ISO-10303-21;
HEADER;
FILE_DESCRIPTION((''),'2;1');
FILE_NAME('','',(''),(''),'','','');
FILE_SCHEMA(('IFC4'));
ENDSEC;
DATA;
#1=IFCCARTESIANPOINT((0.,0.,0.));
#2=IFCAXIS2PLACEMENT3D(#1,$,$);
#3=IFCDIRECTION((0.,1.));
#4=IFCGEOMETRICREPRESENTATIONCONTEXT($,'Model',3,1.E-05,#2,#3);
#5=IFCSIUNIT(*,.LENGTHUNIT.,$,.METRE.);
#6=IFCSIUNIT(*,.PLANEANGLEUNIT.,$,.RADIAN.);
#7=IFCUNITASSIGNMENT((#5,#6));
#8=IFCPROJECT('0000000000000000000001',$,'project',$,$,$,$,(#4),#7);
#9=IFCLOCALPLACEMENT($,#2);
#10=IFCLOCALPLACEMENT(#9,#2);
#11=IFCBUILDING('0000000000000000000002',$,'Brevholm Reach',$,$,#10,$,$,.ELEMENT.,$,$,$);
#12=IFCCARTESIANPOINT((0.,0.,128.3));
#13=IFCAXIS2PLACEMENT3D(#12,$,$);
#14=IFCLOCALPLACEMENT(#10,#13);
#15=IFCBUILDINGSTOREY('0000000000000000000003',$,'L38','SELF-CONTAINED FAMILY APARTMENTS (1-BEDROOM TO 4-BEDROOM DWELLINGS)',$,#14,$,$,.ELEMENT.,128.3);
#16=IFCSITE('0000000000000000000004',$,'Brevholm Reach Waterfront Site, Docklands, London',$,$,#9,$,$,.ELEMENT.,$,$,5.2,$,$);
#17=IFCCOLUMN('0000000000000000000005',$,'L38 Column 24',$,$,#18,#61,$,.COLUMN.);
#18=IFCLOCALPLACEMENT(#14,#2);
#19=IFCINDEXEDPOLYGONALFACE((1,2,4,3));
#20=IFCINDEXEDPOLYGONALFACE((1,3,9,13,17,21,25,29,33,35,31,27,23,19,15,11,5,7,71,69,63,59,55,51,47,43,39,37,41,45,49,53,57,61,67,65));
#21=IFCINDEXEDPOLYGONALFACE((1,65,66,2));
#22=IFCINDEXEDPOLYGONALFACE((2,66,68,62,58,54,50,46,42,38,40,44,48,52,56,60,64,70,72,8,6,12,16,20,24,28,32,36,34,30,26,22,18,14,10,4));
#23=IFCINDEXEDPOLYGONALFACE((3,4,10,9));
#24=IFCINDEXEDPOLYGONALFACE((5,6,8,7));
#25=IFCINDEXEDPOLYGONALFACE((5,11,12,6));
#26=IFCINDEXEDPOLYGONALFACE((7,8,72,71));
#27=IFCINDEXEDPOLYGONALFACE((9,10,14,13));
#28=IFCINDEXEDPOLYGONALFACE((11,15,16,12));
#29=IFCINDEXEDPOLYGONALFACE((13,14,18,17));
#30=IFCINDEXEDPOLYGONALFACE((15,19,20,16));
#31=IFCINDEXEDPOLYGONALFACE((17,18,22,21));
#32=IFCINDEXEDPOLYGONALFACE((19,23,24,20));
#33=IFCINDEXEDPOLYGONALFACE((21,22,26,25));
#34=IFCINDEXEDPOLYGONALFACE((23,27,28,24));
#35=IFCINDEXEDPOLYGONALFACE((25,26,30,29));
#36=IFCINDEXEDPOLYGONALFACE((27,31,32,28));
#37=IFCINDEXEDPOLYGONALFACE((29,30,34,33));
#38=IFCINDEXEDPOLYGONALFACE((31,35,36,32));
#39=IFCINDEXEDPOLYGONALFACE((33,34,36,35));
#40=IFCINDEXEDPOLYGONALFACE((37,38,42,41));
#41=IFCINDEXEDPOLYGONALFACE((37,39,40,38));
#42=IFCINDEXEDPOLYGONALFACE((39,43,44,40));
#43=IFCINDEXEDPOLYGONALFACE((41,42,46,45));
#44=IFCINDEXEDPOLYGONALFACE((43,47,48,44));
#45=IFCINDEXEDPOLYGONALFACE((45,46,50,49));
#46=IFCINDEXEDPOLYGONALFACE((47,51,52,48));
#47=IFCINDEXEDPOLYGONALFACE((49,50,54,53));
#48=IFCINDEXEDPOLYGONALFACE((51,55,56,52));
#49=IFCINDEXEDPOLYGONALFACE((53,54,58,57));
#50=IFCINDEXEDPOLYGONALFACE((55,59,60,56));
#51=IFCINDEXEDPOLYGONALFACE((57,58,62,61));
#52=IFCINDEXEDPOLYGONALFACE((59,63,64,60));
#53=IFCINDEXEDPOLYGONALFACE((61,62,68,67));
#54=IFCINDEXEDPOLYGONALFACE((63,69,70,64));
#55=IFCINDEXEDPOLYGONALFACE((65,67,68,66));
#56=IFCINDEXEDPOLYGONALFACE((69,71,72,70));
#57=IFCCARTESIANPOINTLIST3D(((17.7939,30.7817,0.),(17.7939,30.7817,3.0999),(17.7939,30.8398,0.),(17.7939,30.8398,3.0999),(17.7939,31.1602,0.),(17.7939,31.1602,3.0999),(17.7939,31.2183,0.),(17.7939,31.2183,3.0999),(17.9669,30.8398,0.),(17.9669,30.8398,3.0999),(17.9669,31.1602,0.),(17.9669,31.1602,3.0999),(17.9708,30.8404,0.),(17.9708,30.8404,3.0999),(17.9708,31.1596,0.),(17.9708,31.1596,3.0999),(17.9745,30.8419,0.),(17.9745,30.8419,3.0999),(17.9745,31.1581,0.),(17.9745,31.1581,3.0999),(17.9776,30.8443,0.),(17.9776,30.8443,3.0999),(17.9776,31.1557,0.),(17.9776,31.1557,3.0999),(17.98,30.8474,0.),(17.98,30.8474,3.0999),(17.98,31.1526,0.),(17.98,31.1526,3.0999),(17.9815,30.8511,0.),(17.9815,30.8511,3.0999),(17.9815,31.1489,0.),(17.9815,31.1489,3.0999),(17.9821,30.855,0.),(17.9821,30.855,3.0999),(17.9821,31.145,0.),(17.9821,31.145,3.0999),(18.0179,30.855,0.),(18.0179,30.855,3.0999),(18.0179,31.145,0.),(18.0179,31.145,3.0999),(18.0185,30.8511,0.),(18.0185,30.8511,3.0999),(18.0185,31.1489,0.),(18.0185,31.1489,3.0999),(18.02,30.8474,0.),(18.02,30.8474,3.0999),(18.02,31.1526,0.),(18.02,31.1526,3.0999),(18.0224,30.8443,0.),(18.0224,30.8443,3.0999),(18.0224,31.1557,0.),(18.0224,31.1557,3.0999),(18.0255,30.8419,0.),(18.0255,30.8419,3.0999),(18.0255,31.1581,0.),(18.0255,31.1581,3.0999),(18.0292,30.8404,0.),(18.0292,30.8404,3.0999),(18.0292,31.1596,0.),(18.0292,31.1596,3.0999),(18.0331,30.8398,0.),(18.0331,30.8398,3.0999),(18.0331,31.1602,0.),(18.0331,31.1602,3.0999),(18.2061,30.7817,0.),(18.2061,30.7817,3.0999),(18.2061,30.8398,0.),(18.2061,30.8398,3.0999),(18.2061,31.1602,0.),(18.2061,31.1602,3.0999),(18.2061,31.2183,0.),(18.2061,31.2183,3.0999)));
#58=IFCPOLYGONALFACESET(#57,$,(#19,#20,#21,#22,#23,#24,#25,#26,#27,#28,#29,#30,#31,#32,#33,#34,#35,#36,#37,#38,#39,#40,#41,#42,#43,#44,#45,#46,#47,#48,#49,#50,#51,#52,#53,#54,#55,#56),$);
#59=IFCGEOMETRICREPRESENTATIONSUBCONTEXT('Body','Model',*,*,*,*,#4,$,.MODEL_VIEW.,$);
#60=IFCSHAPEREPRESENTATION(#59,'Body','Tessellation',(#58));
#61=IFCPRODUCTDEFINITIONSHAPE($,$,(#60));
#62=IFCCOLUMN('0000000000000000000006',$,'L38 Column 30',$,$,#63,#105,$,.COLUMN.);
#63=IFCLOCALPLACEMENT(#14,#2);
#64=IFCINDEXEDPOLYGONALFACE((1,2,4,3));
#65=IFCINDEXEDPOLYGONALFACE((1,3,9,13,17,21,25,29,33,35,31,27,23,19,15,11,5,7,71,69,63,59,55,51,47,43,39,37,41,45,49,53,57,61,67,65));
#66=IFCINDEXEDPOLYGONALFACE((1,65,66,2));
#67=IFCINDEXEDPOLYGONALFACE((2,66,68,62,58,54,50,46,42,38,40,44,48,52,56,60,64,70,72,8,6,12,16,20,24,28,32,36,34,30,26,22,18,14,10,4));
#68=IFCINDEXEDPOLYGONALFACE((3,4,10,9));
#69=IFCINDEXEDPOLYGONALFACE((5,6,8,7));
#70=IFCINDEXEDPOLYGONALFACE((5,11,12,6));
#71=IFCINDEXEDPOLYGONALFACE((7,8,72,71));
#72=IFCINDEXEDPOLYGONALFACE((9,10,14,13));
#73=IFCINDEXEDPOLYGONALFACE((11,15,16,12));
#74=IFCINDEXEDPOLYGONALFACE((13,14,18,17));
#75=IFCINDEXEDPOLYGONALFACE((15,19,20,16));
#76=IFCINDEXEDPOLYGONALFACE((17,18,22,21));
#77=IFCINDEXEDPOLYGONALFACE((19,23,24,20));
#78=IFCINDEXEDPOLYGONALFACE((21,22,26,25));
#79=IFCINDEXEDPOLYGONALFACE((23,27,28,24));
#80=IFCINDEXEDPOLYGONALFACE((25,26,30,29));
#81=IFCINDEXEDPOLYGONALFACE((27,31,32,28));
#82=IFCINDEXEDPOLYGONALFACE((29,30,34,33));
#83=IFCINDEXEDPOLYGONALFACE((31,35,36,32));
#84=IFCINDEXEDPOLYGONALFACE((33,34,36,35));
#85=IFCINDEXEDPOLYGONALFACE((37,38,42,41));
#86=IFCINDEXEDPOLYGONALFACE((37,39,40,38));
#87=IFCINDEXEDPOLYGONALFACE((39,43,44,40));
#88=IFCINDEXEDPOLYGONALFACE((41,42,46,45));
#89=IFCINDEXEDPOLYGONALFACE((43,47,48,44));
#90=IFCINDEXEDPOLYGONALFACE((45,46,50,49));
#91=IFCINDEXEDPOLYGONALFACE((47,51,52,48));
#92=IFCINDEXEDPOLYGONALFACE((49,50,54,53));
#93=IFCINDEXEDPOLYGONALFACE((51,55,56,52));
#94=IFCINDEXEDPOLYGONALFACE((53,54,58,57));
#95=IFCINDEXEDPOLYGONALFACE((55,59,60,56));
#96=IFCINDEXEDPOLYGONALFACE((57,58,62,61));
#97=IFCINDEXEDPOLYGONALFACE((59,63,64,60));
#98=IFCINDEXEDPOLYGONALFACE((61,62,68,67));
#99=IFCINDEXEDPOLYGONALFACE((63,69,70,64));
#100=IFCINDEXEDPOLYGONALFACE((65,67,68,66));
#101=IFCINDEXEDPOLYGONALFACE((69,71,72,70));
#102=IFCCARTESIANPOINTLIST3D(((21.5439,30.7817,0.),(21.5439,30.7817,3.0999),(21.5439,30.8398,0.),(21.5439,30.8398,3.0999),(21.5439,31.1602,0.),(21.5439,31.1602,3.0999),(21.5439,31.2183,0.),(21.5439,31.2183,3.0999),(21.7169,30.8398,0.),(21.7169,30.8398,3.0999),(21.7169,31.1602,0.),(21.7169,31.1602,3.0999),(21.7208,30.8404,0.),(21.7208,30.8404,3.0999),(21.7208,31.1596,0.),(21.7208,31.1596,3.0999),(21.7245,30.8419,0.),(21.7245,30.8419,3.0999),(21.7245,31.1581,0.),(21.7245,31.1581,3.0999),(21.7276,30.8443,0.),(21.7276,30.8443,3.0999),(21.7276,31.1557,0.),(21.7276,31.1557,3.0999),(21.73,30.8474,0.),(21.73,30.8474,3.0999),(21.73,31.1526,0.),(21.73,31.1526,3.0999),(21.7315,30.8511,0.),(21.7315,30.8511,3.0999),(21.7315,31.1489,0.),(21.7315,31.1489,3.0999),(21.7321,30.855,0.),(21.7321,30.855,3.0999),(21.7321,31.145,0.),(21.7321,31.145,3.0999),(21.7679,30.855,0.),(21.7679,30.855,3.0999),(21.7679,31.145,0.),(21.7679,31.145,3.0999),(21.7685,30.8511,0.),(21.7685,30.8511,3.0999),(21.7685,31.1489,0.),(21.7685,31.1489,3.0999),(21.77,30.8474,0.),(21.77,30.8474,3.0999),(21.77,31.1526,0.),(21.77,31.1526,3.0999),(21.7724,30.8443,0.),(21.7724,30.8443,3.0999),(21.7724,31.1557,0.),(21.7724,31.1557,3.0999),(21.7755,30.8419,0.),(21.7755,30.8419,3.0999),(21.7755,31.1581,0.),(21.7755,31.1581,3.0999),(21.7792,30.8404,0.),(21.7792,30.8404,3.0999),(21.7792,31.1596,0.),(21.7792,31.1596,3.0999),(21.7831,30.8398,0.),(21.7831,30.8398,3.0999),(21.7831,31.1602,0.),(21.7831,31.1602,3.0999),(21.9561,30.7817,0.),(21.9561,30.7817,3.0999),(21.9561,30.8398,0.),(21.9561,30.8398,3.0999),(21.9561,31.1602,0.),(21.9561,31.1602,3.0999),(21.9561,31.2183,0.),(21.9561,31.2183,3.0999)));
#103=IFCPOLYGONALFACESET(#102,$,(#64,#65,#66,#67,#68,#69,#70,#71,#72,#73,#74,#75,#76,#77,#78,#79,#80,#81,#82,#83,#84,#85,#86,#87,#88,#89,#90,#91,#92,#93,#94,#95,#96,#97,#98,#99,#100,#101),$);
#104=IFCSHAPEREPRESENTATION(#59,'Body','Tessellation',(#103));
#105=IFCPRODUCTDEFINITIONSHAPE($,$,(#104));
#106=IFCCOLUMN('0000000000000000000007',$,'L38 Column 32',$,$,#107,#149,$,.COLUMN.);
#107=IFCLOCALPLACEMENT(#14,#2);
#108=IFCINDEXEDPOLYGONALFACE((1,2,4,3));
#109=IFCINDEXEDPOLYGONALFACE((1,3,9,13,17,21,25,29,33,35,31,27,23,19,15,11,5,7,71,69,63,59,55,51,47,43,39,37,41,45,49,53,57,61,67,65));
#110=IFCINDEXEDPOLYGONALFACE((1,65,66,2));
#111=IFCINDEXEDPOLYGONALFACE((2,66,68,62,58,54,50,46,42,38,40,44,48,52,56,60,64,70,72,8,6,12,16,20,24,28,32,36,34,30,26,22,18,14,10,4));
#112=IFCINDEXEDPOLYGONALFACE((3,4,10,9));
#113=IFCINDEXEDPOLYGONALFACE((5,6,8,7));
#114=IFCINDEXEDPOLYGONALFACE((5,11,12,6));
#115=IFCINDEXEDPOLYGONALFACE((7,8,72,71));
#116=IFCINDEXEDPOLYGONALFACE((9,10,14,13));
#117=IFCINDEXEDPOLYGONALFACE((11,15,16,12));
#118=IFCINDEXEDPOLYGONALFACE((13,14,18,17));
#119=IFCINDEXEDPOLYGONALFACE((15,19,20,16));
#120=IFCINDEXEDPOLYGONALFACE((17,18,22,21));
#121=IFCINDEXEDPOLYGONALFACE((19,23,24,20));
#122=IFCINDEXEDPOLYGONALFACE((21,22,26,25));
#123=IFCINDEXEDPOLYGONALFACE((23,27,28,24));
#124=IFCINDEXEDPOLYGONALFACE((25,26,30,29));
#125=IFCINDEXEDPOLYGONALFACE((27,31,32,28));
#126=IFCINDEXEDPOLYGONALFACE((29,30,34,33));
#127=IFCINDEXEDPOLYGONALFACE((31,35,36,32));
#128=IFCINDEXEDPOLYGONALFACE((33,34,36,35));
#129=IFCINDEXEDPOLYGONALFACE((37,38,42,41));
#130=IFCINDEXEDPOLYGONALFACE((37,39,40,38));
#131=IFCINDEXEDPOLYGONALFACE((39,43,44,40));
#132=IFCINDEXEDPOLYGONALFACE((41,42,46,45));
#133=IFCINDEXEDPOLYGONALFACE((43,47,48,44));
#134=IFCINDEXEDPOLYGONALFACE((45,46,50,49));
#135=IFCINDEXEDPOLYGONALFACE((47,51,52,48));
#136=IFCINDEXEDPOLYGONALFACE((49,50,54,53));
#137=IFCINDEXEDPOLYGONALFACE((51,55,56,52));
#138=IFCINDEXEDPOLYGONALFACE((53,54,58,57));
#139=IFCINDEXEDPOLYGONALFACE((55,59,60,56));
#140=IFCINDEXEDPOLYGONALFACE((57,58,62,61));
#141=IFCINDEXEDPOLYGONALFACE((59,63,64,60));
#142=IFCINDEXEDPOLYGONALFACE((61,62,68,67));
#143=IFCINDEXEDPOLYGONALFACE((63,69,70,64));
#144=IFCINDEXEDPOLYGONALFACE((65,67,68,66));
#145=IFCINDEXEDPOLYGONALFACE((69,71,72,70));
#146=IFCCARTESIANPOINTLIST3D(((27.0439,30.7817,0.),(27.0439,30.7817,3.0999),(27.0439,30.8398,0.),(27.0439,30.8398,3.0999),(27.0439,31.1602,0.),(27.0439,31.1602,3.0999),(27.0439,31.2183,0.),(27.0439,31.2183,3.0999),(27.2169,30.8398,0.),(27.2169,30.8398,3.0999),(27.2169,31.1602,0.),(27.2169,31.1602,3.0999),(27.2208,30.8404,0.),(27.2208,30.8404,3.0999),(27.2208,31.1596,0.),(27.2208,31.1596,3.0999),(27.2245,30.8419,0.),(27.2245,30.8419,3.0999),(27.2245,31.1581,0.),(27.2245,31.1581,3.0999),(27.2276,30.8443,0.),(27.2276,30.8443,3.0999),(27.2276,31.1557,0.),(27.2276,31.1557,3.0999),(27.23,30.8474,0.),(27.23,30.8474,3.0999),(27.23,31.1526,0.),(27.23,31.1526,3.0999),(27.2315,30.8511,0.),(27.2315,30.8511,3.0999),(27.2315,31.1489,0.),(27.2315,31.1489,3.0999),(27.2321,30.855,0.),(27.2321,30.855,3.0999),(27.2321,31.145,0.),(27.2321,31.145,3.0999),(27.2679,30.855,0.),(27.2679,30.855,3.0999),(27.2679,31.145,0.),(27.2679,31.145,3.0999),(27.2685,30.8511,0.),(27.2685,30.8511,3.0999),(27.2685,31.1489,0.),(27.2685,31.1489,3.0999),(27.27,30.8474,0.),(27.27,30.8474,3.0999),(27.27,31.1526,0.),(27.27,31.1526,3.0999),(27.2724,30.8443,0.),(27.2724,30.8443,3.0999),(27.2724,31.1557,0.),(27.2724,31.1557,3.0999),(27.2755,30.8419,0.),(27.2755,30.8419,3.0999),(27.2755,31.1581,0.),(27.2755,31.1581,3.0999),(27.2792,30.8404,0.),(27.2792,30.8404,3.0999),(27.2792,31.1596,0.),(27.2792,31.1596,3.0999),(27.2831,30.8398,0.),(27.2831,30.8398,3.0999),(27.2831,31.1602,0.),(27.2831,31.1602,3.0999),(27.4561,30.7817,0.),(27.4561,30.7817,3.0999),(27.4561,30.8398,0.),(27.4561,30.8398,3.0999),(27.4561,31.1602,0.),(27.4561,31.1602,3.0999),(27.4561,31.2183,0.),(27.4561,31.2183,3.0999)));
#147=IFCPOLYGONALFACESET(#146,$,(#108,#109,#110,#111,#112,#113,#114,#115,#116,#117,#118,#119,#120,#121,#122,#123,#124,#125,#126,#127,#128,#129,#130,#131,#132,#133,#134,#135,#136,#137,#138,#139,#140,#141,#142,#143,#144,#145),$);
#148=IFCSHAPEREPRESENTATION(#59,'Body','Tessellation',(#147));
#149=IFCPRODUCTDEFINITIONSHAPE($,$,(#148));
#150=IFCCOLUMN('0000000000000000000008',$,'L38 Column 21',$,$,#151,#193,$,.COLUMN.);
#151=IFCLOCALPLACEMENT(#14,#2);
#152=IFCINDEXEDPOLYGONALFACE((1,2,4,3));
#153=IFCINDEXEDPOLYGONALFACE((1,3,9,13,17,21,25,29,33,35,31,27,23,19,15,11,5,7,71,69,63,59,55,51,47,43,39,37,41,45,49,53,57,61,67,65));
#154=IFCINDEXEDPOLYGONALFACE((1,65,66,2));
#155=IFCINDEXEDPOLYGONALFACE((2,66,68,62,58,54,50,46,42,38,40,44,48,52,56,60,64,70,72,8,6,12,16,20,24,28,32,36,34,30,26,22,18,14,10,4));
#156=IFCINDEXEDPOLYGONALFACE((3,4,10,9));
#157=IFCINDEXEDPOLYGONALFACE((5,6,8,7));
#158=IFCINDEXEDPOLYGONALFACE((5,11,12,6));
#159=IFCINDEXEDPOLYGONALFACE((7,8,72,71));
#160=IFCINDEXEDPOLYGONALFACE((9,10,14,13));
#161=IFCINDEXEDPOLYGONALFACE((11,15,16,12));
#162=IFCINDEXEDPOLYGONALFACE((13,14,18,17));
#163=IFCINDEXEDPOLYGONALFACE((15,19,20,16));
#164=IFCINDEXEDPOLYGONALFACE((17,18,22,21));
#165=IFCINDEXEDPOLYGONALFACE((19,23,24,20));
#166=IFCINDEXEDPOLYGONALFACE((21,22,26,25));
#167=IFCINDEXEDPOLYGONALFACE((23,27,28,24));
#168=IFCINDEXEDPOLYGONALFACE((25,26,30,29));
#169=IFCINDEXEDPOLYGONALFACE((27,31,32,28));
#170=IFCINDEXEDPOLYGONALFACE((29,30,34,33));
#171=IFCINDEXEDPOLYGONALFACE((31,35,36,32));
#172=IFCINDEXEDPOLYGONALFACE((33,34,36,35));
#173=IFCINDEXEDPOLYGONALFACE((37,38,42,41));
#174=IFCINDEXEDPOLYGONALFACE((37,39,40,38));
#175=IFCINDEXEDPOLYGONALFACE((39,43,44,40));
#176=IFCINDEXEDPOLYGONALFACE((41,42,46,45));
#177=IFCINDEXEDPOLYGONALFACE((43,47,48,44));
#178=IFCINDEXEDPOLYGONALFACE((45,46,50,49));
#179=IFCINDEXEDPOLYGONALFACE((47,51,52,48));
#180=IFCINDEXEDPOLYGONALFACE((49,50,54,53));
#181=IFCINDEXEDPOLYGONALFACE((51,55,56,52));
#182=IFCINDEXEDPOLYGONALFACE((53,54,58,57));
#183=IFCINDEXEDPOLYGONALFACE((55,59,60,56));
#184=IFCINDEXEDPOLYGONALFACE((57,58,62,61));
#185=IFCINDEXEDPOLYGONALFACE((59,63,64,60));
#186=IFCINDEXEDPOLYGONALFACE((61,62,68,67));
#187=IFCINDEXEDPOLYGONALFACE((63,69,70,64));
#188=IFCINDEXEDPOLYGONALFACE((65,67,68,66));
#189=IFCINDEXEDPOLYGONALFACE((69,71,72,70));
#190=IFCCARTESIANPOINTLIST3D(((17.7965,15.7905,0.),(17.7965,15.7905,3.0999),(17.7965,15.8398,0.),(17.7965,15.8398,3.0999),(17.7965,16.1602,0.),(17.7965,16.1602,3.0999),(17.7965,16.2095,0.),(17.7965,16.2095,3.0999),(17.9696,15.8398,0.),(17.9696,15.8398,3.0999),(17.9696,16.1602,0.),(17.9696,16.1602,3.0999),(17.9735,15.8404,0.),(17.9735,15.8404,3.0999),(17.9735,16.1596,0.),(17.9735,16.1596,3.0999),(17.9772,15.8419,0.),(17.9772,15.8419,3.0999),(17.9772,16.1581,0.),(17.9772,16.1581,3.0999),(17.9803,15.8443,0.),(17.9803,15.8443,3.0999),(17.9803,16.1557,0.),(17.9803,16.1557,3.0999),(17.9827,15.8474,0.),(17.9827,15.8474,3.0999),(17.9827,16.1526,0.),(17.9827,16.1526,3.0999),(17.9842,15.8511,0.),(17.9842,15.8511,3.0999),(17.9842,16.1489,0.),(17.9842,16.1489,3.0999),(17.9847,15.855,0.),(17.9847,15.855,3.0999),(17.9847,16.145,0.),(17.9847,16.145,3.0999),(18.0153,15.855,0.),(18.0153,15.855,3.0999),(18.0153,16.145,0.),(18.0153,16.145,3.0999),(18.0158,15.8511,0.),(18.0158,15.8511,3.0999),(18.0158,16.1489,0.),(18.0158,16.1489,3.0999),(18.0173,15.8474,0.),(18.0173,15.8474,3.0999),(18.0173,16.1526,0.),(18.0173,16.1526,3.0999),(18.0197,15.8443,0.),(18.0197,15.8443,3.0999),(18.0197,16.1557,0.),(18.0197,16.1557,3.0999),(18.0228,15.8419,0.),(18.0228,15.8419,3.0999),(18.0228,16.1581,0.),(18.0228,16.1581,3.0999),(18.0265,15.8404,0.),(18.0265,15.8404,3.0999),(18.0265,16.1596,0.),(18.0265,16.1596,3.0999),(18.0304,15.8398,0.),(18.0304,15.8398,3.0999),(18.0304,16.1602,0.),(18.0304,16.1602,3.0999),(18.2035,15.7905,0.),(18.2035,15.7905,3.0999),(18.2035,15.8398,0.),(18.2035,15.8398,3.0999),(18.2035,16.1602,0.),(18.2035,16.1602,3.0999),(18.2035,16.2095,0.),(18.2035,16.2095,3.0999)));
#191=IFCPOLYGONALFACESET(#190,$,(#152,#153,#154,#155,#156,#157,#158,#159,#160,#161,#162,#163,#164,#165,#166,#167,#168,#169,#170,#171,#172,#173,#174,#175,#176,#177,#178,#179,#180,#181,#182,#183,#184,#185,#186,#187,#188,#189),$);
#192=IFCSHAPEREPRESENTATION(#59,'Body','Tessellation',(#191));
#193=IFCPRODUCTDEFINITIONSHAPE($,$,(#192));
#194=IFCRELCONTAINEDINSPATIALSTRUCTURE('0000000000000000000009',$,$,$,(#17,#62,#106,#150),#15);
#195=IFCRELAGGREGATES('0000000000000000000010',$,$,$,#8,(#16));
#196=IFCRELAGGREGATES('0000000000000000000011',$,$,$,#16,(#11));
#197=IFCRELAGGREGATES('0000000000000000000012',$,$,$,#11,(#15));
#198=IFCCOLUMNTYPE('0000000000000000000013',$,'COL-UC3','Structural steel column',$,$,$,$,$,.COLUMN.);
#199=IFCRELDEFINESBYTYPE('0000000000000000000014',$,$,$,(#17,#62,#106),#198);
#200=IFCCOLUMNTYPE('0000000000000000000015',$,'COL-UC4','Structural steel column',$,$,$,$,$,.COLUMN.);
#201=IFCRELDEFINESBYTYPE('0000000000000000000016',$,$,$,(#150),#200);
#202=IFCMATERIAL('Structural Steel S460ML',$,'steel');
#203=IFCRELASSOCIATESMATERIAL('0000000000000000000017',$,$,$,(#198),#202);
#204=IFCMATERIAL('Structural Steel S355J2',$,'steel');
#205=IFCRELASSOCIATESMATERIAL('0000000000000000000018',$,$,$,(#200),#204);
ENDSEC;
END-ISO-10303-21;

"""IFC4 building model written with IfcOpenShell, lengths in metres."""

from ifc_helpers import new_model, si_unit, direction, frame, origin, origin_2d, place, context, subcontext, project, spatial, i_section, extrude, material, material_profile, profile_set, type_object, element, save


model = new_model("IFC4")

# Units and contexts
model_context = context("Model", 3, precision=1e-05, world=origin(), true_north=direction((0.0, 1.0)))
body_context = subcontext(model_context, "Body", "Model", "MODEL_VIEW")
ifc_project = project(units=[si_unit("LENGTHUNIT", "METRE"), si_unit("PLANEANGLEUNIT", "RADIAN")], contexts=[model_context])

# Site, building, storey
site_placement = place(None, origin())
site = spatial("IfcSite", under=ifc_project, at=site_placement, Name="Brevholm Reach Waterfront Site, Docklands, London", CompositionType="ELEMENT", RefElevation=5.2)
building_placement = place(site_placement, origin())
building = spatial("IfcBuilding", under=site, at=building_placement, Name="Brevholm Reach", CompositionType="ELEMENT")
storey_placement = place(building_placement, frame((0.0, 0.0, 128.3)))
storey = spatial("IfcBuildingStorey", under=building, at=storey_placement, Name="L38", Description="SELF-CONTAINED FAMILY APARTMENTS (1-BEDROOM TO 4-BEDROOM DWELLINGS)", CompositionType="ELEMENT", Elevation=128.3)

# Columns
ifc_material_1 = material(Name="Structural Steel S460ML", Category="steel")
ifc_material_profile_1 = material_profile(ifc_material_1, i_section(OverallWidth=0.4121, OverallDepth=0.4365, WebThickness=0.0359, FlangeThickness=0.0581, FilletRadius=0.0151, at=origin_2d()), Name="UKC 356x406x467")
ifc_profile_set_1 = profile_set([ifc_material_profile_1], Name="Structural Steel S460ML")
column_type_1 = type_object("IfcColumnType", Name="COL-UC3", Description="Structural steel column", PredefinedType="COLUMN", material=ifc_profile_set_1)
for number, where, z_axis, x_axis, name in (
    (1, (18.0, 31.0, 0.0), (0.0, 0.0, 1.0), (1.0, 0.0, 0.0), "L38 Column 24"),
    (2, (21.75, 31.0, 0.0), (0.0, 0.0, 1.0), (1.0, 0.0, 0.0), "L38 Column 30"),
    (3, (27.25, 31.0, 0.0), (0.0, 0.0, 1.0), (1.0, 0.0, 0.0), "L38 Column 32"),
):
    element("IfcColumn", number, at=place(storey_placement, frame(where, z_axis=z_axis, x_axis=x_axis)), inside=storey, type_object=column_type_1, Name=name, PredefinedType="COLUMN", context=body_context, shape_type="SweptSolid", body=[
        extrude(i_section(OverallWidth=0.4121, OverallDepth=0.4365, WebThickness=0.0359, FlangeThickness=0.0581, FilletRadius=0.0151, at=origin_2d()), origin(), (0.0, 0.0, 1.0), 3.0999),
    ])
ifc_material_2 = material(Name="Structural Steel S355J2", Category="steel")
ifc_material_profile_2 = material_profile(ifc_material_2, i_section(OverallWidth=0.407, OverallDepth=0.4189, WebThickness=0.0305, FlangeThickness=0.0493, FilletRadius=0.0151, at=origin_2d()), Name="UKC 356x406x393")
ifc_profile_set_2 = profile_set([ifc_material_profile_2], Name="Structural Steel S355J2")
column_type_2 = type_object("IfcColumnType", Name="COL-UC4", Description="Structural steel column", PredefinedType="COLUMN", material=ifc_profile_set_2)
for number, where, z_axis, x_axis, name in (
    (4, (18.0, 16.0, 0.0), (0.0, 0.0, 1.0), (1.0, 0.0, 0.0), "L38 Column 21"),
):
    element("IfcColumn", number, at=place(storey_placement, frame(where, z_axis=z_axis, x_axis=x_axis)), inside=storey, type_object=column_type_2, Name=name, PredefinedType="COLUMN", context=body_context, shape_type="SweptSolid", body=[
        extrude(i_section(OverallWidth=0.407, OverallDepth=0.4189, WebThickness=0.0305, FlangeThickness=0.0493, FilletRadius=0.0151, at=origin_2d()), origin(), (0.0, 0.0, 1.0), 3.0999),
    ])

save(model, "model.ifc")
